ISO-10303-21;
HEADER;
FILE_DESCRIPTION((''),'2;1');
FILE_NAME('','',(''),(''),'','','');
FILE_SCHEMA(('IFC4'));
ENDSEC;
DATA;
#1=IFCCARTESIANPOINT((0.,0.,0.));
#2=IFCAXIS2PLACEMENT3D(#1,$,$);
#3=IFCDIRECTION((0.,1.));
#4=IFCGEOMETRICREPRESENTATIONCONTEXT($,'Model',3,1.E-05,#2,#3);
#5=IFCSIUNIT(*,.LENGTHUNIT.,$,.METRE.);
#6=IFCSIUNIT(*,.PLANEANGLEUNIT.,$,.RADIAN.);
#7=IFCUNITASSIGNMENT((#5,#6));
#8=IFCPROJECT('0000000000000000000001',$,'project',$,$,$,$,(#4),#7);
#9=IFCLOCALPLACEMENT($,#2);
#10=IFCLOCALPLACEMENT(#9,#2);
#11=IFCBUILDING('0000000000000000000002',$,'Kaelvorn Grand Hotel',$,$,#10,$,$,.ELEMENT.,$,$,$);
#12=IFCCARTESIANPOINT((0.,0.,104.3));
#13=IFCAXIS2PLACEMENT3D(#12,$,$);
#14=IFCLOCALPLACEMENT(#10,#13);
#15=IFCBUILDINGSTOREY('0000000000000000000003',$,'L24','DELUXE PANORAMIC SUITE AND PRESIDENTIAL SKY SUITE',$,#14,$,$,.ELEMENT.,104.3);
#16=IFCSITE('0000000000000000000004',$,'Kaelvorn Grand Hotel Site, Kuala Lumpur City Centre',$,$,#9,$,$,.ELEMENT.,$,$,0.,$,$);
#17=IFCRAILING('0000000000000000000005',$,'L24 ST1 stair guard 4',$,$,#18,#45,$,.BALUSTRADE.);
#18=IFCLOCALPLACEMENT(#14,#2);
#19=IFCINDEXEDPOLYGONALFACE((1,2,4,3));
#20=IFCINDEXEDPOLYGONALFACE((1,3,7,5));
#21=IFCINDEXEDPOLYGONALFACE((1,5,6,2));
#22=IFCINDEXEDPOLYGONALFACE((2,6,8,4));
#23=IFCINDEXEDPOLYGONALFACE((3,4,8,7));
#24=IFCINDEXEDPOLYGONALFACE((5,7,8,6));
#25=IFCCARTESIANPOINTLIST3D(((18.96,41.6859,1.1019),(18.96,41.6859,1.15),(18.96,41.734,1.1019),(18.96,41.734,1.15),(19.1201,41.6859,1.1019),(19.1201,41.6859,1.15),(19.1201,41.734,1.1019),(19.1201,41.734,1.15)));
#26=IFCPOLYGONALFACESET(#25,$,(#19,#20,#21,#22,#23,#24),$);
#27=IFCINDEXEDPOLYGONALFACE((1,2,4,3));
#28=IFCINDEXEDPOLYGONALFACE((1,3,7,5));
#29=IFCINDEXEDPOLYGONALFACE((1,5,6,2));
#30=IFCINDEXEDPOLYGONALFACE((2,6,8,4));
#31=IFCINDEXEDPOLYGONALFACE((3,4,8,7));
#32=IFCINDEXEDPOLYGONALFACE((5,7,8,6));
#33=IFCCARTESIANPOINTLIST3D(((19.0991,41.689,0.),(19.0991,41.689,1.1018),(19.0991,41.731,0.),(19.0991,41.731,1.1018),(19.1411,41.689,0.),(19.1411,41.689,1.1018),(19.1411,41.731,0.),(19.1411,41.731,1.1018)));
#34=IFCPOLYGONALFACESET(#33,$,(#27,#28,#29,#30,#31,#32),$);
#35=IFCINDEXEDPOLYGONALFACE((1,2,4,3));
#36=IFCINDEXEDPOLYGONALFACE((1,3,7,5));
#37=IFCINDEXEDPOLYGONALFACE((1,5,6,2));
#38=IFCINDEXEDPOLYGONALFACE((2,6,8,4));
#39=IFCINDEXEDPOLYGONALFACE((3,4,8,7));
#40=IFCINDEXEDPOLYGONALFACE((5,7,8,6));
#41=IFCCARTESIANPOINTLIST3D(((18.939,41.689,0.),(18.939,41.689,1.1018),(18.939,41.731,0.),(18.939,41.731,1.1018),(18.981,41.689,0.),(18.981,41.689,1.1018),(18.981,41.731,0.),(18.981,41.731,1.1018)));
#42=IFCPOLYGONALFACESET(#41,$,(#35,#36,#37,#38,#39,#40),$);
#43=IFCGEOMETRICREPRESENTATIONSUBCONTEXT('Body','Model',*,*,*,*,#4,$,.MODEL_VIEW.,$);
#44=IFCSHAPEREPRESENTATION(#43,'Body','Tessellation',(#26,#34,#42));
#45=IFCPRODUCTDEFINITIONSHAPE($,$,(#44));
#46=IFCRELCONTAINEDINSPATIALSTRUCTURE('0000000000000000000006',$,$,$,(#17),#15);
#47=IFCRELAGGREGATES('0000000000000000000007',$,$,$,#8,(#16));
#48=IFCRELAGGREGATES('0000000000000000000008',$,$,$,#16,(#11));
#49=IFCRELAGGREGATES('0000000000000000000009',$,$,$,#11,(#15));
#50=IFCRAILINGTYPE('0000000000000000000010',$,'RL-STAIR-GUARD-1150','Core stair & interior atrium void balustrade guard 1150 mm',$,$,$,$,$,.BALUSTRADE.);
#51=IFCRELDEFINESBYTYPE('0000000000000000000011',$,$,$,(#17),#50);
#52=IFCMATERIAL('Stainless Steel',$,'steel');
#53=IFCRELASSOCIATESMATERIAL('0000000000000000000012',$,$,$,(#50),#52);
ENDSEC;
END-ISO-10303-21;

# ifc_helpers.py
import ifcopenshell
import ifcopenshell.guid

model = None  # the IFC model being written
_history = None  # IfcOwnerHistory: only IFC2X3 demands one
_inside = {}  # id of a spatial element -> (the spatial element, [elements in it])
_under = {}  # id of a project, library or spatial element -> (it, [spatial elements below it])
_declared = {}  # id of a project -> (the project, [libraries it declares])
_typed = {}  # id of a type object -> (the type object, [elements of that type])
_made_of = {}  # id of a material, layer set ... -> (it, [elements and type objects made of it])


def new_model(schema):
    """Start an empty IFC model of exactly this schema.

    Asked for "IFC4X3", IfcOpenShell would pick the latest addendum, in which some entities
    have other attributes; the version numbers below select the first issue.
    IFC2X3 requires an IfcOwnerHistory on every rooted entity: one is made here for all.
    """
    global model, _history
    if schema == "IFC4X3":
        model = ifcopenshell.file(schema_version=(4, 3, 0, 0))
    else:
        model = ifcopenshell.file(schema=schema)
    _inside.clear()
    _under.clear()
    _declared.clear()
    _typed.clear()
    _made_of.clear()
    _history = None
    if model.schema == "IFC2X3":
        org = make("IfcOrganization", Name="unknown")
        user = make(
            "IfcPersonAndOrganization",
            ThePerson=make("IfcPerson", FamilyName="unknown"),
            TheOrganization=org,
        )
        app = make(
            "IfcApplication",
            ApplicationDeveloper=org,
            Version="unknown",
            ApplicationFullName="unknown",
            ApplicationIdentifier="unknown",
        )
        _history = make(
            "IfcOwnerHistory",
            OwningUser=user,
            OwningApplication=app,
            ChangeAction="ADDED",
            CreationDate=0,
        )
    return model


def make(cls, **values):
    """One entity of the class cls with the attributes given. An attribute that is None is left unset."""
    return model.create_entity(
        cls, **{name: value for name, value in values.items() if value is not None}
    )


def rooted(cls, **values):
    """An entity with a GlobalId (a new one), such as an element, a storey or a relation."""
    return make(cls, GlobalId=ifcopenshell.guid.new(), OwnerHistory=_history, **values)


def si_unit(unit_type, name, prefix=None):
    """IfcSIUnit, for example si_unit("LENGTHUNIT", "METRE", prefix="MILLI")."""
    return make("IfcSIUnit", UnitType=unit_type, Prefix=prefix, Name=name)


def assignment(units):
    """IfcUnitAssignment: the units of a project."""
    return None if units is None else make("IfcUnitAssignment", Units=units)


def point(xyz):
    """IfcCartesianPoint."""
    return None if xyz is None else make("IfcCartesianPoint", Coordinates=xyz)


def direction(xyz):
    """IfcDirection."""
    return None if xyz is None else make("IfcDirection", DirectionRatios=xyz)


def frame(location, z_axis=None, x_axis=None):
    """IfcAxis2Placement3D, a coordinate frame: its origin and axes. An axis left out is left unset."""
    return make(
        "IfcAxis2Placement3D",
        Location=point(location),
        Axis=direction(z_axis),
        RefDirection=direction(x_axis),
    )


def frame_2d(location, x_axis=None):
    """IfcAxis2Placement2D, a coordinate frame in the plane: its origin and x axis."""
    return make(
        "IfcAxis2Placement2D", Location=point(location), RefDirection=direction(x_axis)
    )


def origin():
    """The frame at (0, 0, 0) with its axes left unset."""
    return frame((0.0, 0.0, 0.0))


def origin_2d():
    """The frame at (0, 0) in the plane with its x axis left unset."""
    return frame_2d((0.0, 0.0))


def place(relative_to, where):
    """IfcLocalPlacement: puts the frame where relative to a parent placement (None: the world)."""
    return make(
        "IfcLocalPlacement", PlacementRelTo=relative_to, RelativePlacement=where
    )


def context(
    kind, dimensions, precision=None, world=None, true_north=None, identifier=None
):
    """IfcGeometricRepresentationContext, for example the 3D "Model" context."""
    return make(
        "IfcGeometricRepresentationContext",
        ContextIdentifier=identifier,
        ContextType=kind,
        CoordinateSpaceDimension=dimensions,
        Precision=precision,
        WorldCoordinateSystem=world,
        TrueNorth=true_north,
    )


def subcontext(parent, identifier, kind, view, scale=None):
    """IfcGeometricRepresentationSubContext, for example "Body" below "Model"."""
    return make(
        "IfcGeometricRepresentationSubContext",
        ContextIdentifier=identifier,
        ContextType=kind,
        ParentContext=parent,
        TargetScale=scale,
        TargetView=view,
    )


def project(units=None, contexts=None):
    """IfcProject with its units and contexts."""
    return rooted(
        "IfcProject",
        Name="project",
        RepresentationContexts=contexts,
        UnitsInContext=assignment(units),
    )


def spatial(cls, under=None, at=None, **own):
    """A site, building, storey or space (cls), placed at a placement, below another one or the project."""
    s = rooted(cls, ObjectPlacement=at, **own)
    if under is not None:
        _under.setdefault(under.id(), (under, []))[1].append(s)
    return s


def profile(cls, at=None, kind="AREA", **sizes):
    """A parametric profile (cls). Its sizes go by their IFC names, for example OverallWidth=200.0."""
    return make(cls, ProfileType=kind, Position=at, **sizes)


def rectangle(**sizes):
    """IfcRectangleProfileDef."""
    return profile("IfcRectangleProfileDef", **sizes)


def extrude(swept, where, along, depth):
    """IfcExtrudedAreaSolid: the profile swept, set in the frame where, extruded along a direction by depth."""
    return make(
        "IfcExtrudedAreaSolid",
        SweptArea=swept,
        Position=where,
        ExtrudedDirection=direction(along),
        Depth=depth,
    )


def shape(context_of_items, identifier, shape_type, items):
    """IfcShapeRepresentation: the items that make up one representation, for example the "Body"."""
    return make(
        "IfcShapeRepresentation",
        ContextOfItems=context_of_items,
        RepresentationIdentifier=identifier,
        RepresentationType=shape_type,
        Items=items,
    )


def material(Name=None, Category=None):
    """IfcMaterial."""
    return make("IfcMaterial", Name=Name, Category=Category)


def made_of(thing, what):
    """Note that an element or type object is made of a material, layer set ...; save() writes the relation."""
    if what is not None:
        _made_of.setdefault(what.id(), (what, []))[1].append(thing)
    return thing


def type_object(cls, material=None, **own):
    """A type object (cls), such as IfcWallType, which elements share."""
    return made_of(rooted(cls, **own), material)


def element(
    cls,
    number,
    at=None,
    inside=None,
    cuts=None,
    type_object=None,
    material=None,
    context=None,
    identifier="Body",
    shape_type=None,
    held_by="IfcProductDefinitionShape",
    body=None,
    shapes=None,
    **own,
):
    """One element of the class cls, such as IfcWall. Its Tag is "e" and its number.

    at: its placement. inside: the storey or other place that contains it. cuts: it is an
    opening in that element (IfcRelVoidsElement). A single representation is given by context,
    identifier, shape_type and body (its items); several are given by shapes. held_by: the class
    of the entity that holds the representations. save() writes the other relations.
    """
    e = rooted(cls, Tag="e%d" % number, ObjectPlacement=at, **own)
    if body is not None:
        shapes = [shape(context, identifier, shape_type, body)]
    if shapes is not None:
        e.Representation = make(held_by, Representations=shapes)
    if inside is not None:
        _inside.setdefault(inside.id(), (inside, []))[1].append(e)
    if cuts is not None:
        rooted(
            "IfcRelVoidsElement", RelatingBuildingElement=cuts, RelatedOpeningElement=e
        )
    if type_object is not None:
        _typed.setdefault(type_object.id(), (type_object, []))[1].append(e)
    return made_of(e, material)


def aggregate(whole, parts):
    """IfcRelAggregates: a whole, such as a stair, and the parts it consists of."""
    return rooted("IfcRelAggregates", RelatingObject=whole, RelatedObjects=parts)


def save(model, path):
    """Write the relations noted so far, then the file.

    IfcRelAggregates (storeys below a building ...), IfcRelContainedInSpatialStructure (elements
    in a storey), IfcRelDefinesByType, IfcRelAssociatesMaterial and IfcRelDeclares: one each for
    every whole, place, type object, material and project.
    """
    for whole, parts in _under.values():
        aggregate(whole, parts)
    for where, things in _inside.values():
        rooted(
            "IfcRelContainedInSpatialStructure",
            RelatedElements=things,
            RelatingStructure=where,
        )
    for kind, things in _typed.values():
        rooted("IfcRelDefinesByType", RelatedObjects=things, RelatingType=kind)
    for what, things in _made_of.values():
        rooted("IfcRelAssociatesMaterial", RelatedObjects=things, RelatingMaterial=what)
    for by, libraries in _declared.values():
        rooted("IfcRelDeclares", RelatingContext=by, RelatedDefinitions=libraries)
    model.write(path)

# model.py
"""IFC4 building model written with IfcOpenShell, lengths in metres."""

from ifc_helpers import new_model, si_unit, direction, frame, origin, origin_2d, place, context, subcontext, project, spatial, rectangle, extrude, material, type_object, element, save


model = new_model("IFC4")

# Units and contexts
model_context = context("Model", 3, precision=1e-05, world=origin(), true_north=direction((0.0, 1.0)))
body_context = subcontext(model_context, "Body", "Model", "MODEL_VIEW")
ifc_project = project(units=[si_unit("LENGTHUNIT", "METRE"), si_unit("PLANEANGLEUNIT", "RADIAN")], contexts=[model_context])

# Site, building, storey
site_placement = place(None, origin())
site = spatial("IfcSite", under=ifc_project, at=site_placement, Name="Kaelvorn Grand Hotel Site, Kuala Lumpur City Centre", CompositionType="ELEMENT", RefElevation=0.0)
building_placement = place(site_placement, origin())
building = spatial("IfcBuilding", under=site, at=building_placement, Name="Kaelvorn Grand Hotel", CompositionType="ELEMENT")
storey_placement = place(building_placement, frame((0.0, 0.0, 104.3)))
storey = spatial("IfcBuildingStorey", under=building, at=storey_placement, Name="L24", Description="DELUXE PANORAMIC SUITE AND PRESIDENTIAL SKY SUITE", CompositionType="ELEMENT", Elevation=104.3)

# Shared definitions
ifc_material_1 = material(Name="Stainless Steel", Category="steel")

# Railing
railing_type_1 = type_object("IfcRailingType", Name="RL-STAIR-GUARD-1150", Description="Core stair & interior atrium void balustrade guard 1150 mm", PredefinedType="BALUSTRADE", material=ifc_material_1)
railing_1_placement = place(storey_placement, frame((19.1201, 41.71, 0.0)))
element("IfcRailing", 1, at=railing_1_placement, inside=storey, type_object=railing_type_1, Name="L24 ST1 stair guard 4", PredefinedType="BALUSTRADE", context=body_context, shape_type="SweptSolid", body=[
    extrude(rectangle(XDim=0.0481, YDim=0.0481, at=origin_2d()), frame((0.0, 0.0, 1.126), z_axis=(-1.0, 0.0, 0.0), x_axis=(0.0, -1.0, 0.0)), (0.0, 0.0, 1.0), 0.1602),
    extrude(rectangle(XDim=0.042, YDim=0.042, at=origin_2d()), origin(), (0.0, 0.0, 1.0), 1.1018),
    extrude(rectangle(XDim=0.042, YDim=0.042, at=origin_2d()), frame((-0.1602, 0.0, 0.0)), (0.0, 0.0, 1.0), 1.1018),
])

save(model, "model.ifc")
